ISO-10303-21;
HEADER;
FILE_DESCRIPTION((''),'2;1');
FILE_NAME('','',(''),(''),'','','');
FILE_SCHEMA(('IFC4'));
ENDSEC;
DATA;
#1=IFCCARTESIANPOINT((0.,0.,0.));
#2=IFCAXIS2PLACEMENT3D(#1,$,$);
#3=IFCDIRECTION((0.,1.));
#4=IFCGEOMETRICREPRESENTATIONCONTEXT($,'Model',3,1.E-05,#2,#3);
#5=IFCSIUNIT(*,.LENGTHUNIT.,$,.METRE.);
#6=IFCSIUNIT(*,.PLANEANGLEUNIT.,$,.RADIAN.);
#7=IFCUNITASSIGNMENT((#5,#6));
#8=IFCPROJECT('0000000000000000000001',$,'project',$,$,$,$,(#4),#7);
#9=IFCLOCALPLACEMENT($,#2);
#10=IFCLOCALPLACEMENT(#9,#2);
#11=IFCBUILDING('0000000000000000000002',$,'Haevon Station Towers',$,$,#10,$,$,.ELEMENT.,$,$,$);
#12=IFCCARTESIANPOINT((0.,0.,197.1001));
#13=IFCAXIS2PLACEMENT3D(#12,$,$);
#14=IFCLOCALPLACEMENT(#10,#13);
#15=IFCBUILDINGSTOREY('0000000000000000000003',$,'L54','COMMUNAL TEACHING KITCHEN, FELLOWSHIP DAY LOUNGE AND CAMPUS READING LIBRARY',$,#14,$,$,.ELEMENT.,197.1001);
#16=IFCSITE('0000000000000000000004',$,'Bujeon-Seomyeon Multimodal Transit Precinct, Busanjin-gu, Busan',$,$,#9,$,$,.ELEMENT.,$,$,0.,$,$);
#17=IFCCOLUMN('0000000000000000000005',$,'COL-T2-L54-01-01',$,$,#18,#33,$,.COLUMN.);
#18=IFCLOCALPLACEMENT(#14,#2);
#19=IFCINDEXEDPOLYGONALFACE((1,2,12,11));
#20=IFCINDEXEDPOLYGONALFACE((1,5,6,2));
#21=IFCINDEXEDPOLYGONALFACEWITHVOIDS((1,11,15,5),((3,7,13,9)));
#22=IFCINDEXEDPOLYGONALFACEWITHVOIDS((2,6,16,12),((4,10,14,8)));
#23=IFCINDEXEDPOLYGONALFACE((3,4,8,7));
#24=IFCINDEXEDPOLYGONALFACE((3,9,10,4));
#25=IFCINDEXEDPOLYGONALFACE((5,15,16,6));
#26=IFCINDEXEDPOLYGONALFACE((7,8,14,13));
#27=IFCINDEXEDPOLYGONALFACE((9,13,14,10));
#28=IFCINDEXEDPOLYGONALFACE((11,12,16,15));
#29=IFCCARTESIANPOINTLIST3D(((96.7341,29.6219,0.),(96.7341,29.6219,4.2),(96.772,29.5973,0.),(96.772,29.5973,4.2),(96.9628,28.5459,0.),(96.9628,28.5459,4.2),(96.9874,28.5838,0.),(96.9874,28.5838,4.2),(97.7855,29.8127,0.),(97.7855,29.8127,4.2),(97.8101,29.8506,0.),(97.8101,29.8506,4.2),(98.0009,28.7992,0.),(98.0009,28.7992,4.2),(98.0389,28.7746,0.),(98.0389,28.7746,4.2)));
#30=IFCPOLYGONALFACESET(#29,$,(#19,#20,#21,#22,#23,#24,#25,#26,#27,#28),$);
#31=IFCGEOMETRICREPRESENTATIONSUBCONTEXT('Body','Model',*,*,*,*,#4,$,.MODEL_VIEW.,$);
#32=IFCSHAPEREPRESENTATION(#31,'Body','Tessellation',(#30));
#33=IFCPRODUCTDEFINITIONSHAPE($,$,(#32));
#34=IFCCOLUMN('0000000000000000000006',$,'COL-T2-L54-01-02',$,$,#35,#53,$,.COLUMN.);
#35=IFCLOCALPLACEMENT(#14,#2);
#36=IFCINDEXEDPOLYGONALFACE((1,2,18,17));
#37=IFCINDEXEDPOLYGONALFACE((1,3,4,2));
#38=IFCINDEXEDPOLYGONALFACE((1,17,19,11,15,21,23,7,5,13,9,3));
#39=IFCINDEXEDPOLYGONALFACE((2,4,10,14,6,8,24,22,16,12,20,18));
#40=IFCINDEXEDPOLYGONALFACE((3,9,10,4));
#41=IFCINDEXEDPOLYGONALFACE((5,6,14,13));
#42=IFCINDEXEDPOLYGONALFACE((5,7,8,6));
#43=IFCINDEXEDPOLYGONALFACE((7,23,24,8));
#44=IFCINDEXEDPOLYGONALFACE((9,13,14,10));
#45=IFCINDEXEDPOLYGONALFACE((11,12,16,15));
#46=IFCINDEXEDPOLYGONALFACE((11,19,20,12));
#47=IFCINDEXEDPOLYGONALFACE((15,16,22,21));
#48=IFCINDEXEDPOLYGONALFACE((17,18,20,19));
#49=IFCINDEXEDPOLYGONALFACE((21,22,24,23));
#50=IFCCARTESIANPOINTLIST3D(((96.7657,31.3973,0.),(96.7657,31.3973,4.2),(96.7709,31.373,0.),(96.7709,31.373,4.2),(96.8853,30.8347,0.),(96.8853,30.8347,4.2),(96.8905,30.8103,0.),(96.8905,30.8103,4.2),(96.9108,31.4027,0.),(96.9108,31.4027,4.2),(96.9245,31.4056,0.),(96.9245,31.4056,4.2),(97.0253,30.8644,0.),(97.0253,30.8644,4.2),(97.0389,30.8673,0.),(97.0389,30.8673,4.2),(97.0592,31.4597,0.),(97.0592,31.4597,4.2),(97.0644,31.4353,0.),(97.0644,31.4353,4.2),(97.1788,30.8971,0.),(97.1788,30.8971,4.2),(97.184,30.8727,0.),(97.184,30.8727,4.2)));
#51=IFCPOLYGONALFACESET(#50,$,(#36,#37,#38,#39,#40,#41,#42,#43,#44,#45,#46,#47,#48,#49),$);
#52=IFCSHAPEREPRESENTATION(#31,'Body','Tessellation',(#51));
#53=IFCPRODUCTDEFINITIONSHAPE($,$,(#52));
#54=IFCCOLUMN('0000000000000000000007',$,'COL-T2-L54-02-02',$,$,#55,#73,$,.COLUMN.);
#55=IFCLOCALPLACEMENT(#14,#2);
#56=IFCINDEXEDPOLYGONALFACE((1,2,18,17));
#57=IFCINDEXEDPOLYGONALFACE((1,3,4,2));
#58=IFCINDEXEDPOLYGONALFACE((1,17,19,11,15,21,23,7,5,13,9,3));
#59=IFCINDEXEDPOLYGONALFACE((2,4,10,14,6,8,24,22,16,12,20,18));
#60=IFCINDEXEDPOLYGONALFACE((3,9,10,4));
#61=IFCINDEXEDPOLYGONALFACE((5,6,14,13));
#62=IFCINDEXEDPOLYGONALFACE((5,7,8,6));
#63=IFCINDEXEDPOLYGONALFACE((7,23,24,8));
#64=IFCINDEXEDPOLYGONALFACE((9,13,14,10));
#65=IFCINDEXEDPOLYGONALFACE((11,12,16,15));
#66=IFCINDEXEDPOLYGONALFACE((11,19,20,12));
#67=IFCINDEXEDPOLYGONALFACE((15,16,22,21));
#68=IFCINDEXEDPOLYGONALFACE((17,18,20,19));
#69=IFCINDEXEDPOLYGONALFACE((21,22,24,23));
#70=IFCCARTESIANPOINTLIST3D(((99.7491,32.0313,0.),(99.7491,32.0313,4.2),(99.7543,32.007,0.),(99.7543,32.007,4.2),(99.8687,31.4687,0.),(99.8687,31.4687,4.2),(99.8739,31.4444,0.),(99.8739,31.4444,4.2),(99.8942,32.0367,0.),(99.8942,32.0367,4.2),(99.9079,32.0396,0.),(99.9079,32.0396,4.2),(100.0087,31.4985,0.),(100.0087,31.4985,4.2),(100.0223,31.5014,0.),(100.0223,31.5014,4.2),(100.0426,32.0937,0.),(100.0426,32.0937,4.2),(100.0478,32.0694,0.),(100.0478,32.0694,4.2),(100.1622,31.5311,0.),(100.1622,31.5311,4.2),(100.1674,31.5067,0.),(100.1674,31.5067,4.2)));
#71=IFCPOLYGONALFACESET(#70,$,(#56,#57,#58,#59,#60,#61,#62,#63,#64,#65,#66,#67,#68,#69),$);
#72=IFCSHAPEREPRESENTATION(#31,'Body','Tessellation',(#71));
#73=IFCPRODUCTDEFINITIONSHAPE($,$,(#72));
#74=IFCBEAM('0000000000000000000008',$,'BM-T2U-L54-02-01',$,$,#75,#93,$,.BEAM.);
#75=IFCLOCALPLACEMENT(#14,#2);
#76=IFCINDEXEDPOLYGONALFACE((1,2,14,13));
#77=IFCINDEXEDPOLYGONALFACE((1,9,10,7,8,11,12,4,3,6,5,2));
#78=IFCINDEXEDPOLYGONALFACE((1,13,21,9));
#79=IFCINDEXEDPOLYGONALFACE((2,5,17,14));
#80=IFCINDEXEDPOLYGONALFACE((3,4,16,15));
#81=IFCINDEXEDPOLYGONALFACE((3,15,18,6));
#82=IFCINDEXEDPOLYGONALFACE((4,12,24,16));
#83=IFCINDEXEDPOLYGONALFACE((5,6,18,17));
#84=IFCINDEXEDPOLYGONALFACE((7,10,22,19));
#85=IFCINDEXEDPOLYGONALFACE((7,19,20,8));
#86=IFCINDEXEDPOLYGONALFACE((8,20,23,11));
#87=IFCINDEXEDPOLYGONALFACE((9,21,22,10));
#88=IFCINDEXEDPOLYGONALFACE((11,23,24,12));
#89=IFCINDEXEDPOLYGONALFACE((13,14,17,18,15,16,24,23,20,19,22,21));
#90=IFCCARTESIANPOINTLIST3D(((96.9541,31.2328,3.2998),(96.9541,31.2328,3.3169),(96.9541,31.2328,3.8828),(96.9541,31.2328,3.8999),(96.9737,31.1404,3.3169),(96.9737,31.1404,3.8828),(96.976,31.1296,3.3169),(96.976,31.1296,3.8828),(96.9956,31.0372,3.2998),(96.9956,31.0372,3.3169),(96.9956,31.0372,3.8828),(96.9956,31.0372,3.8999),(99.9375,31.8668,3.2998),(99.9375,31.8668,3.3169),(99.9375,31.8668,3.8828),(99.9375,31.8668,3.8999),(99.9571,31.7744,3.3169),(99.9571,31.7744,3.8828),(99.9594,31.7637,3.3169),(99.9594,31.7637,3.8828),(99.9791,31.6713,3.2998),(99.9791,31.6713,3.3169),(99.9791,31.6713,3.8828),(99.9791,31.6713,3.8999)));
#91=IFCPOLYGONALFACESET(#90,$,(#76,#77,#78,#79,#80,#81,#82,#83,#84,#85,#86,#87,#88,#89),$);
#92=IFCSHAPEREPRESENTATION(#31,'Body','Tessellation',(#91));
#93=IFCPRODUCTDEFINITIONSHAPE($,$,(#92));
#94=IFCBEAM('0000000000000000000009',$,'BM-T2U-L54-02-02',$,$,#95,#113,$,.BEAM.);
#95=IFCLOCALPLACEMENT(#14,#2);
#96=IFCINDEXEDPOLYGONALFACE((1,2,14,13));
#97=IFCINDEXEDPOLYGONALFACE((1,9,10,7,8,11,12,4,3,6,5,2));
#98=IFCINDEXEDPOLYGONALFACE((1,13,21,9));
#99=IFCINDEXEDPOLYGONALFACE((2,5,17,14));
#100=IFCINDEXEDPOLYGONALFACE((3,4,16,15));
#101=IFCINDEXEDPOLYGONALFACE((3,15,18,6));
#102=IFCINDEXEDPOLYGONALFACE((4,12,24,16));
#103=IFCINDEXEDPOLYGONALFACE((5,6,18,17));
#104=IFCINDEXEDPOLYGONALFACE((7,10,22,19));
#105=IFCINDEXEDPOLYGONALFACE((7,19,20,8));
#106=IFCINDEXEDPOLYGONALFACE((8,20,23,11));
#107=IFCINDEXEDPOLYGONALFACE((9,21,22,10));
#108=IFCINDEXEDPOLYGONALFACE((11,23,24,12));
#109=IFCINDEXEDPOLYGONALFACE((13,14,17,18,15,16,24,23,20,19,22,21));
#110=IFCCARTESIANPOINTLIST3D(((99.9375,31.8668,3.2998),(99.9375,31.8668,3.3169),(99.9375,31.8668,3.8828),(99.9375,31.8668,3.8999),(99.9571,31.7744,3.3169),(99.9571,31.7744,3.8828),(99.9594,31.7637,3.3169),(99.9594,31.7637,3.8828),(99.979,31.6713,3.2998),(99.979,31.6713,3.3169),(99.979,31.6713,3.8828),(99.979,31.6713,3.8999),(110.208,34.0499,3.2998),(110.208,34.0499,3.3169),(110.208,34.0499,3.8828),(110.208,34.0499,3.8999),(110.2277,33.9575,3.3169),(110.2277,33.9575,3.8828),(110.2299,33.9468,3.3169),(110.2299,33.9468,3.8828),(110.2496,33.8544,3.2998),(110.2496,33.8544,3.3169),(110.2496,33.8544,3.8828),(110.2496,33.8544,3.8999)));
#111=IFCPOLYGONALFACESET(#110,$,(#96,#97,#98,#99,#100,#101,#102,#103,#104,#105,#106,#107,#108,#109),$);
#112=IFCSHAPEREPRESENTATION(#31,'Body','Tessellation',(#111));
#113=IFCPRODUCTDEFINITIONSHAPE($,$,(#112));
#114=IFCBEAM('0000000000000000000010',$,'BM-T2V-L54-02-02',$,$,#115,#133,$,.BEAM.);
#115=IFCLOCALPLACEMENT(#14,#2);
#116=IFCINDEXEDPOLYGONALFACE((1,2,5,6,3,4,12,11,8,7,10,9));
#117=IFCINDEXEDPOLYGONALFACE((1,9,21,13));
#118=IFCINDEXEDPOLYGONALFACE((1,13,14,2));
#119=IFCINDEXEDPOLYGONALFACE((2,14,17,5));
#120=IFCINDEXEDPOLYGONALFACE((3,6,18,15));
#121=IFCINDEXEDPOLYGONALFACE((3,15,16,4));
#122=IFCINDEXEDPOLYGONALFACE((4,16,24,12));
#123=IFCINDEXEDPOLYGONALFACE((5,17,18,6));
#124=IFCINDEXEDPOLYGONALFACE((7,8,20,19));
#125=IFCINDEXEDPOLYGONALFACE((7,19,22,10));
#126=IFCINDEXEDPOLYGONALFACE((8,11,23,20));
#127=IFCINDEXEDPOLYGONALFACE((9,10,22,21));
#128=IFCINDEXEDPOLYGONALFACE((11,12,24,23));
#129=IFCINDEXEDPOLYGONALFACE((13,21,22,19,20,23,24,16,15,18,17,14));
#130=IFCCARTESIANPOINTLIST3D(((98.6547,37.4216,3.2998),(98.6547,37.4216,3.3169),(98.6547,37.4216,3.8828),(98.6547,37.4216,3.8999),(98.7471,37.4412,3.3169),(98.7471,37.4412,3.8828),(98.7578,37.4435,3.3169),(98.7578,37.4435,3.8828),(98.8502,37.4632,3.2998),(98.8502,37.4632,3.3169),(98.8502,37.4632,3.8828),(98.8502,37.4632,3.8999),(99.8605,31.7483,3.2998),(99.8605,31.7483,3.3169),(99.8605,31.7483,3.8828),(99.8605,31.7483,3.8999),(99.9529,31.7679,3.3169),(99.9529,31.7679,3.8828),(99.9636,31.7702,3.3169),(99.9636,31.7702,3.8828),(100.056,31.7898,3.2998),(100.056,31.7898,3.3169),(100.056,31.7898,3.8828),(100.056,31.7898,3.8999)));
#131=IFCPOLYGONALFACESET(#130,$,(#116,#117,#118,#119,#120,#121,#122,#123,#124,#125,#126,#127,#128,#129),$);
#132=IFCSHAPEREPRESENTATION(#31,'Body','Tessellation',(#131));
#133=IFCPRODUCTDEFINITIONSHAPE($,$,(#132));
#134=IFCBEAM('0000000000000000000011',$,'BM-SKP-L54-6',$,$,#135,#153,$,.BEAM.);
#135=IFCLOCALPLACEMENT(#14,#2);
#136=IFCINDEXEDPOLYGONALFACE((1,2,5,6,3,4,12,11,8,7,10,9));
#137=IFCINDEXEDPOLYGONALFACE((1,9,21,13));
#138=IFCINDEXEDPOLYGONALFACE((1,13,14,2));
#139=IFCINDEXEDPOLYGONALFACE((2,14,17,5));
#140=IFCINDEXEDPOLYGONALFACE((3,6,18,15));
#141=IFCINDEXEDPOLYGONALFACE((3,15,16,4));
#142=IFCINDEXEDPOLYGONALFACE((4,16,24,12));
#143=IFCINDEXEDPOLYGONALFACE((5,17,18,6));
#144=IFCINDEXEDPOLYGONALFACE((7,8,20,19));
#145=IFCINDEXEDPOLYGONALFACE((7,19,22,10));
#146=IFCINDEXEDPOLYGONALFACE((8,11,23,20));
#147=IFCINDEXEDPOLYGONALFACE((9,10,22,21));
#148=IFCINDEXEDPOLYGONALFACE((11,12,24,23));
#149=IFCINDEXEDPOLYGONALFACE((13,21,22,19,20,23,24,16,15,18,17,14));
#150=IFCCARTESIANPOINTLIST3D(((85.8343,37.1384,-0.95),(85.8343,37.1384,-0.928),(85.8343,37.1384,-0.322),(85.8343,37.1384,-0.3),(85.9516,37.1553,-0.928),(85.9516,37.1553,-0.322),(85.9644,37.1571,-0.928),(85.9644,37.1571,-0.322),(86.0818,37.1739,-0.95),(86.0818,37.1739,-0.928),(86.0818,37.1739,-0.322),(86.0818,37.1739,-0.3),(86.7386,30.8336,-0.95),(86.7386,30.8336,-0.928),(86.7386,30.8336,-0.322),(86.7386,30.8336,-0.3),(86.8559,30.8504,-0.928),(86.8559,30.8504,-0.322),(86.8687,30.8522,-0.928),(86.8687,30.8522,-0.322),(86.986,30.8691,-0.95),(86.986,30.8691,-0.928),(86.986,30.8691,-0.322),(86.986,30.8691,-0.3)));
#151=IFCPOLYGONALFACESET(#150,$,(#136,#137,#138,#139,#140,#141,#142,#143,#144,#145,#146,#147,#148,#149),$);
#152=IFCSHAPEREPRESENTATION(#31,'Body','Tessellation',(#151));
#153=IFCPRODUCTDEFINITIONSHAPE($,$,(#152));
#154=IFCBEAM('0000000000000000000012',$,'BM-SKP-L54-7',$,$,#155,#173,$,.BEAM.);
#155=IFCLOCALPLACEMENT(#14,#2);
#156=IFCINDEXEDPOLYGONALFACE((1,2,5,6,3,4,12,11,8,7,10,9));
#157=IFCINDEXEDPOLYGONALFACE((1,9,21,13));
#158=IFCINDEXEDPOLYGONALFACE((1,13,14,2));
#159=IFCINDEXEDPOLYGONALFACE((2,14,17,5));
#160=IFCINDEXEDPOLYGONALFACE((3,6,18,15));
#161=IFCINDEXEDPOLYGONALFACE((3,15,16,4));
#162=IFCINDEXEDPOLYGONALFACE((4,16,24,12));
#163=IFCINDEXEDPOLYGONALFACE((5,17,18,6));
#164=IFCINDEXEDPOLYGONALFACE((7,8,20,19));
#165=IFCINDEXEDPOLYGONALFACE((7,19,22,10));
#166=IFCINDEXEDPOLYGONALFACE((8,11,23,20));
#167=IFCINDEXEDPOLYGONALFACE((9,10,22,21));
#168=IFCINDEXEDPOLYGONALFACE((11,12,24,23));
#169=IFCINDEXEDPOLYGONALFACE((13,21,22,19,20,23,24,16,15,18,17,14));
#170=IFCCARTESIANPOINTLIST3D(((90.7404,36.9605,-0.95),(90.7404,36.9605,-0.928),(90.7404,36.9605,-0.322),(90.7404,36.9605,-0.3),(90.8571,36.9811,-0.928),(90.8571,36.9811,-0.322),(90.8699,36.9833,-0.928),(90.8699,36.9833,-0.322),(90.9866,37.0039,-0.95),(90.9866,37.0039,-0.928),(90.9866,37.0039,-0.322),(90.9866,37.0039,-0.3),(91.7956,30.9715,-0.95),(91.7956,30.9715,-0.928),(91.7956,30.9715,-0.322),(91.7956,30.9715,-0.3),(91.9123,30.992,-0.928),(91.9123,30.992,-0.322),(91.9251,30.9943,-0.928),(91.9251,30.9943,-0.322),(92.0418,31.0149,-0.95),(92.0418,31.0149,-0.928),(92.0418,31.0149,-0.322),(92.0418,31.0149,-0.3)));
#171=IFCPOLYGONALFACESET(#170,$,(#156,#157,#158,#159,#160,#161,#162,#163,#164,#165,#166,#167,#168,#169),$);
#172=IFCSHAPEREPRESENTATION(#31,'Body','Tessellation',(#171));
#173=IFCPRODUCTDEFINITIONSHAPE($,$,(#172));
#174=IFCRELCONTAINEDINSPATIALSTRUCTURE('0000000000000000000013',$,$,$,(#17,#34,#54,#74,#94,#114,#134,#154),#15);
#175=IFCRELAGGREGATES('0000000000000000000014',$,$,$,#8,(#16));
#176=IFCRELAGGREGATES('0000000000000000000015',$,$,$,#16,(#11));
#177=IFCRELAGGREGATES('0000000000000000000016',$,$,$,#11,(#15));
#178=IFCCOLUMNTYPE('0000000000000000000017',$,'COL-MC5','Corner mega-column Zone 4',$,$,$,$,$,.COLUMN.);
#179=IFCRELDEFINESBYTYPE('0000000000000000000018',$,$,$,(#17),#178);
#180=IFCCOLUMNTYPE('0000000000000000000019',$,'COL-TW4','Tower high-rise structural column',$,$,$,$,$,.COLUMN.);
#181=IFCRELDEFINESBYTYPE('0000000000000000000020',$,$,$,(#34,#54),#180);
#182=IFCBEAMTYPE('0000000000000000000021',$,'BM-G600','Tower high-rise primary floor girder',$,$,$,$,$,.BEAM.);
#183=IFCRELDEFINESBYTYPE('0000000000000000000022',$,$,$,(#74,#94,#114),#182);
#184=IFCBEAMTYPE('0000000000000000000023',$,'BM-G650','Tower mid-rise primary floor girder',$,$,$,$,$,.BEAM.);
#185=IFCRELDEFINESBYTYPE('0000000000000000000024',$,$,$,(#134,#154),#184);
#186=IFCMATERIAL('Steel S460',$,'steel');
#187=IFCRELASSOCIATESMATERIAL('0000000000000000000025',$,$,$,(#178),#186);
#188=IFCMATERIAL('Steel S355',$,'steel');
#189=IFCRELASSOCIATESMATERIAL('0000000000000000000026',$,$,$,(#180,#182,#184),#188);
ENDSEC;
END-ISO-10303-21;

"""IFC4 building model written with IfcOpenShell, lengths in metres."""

from ifc_helpers import new_model, si_unit, direction, frame, origin, origin_2d, place, context, subcontext, project, spatial, hollow_rectangle, i_section, extrude, material, material_profile, profile_set, type_object, element, save


model = new_model("IFC4")

# Units and contexts
model_context = context("Model", 3, precision=1e-05, world=origin(), true_north=direction((0.0, 1.0)))
body_context = subcontext(model_context, "Body", "Model", "MODEL_VIEW")
ifc_project = project(units=[si_unit("LENGTHUNIT", "METRE"), si_unit("PLANEANGLEUNIT", "RADIAN")], contexts=[model_context])

# Site, building, storey
site_placement = place(None, origin())
site = spatial("IfcSite", under=ifc_project, at=site_placement, Name="Bujeon-Seomyeon Multimodal Transit Precinct, Busanjin-gu, Busan", CompositionType="ELEMENT", RefElevation=0.0)
building_placement = place(site_placement, origin())
building = spatial("IfcBuilding", under=site, at=building_placement, Name="Haevon Station Towers", CompositionType="ELEMENT")
storey_placement = place(building_placement, frame((0.0, 0.0, 197.1001)))
storey = spatial("IfcBuildingStorey", under=building, at=storey_placement, Name="L54", Description="COMMUNAL TEACHING KITCHEN, FELLOWSHIP DAY LOUNGE AND CAMPUS READING LIBRARY", CompositionType="ELEMENT", Elevation=197.1001)

# Columns
ifc_material_1 = material(Name="Steel S460", Category="steel")
ifc_material_profile_1 = material_profile(ifc_material_1, hollow_rectangle(XDim=1.1001, YDim=1.1001, WallThickness=0.032, at=origin_2d()), Name="BOX-1100x1100x32")
ifc_profile_set_1 = profile_set([ifc_material_profile_1], Name="Steel S460")
column_type_1 = type_object("IfcColumnType", Name="COL-MC5", Description="Corner mega-column Zone 4", PredefinedType="COLUMN", material=ifc_profile_set_1)
column_placement = place(storey_placement, frame((97.3865, 29.1982, 0.0), z_axis=(0.0, 0.0, 1.0), x_axis=(0.978148, 0.207912, 0.0)))
element("IfcColumn", 1, at=column_placement, inside=storey, type_object=column_type_1, Name="COL-T2-L54-01-01", PredefinedType="COLUMN", context=body_context, shape_type="SweptSolid", body=[
    extrude(hollow_rectangle(XDim=1.1001, YDim=1.1001, WallThickness=0.032, at=origin_2d()), origin(), (0.0, 0.0, 1.0), 4.2),
])
ifc_material_2 = material(Name="Steel S355", Category="steel")
ifc_material_profile_2 = material_profile(ifc_material_2, i_section(OverallWidth=0.3, OverallDepth=0.6001, WebThickness=0.0139, FlangeThickness=0.0249, at=origin_2d()), Name="H-600x300x14x25")
ifc_profile_set_2 = profile_set([ifc_material_profile_2], Name="Steel S355")
column_type_2 = type_object("IfcColumnType", Name="COL-TW4", Description="Tower high-rise structural column", PredefinedType="COLUMN", material=ifc_profile_set_2)
for number, where, z_axis, x_axis, name in (
    (2, (96.9749, 31.135, 0.0), (0.0, 0.0, 1.0), (0.978148, 0.207912, 0.0), "COL-T2-L54-01-02"),
    (3, (99.9583, 31.769, 0.0), (0.0, 0.0, 1.0), (0.978148, 0.207912, 0.0), "COL-T2-L54-02-02"),
):
    element("IfcColumn", number, at=place(storey_placement, frame(where, z_axis=z_axis, x_axis=x_axis)), inside=storey, type_object=column_type_2, Name=name, PredefinedType="COLUMN", context=body_context, shape_type="SweptSolid", body=[
        extrude(i_section(OverallWidth=0.3, OverallDepth=0.6001, WebThickness=0.0139, FlangeThickness=0.0249, at=origin_2d()), origin(), (0.0, 0.0, 1.0), 4.2),
    ])

# Beams
ifc_material_profile_3 = material_profile(ifc_material_2, i_section(OverallWidth=0.2, OverallDepth=0.6001, WebThickness=0.011, FlangeThickness=0.0171, at=origin_2d()), Name="H-600x200x11x17")
ifc_profile_set_3 = profile_set([ifc_material_profile_3], Name="Steel S355")
beam_type_1 = type_object("IfcBeamType", Name="BM-G600", Description="Tower high-rise primary floor girder", PredefinedType="BEAM", material=ifc_profile_set_3)
beam_1_placement = place(storey_placement, frame((96.9749, 31.135, 3.5999), z_axis=(0.978155, 0.207878, 0.0), x_axis=(-0.207878, 0.978155, 0.0)))
element("IfcBeam", 4, at=beam_1_placement, inside=storey, type_object=beam_type_1, Name="BM-T2U-L54-02-01", PredefinedType="BEAM", context=body_context, shape_type="SweptSolid", body=[
    extrude(i_section(OverallWidth=0.2, OverallDepth=0.6001, WebThickness=0.011, FlangeThickness=0.0171, at=origin_2d()), origin(), (0.0, 0.0, 1.0), 3.05),
])
beam_2_placement = place(storey_placement, frame((99.9583, 31.769, 3.5999), z_axis=(0.978147, 0.207915, 0.0), x_axis=(-0.207915, 0.978147, 0.0)))
element("IfcBeam", 5, at=beam_2_placement, inside=storey, type_object=beam_type_1, Name="BM-T2U-L54-02-02", PredefinedType="BEAM", context=body_context, shape_type="SweptSolid", body=[
    extrude(i_section(OverallWidth=0.2, OverallDepth=0.6001, WebThickness=0.011, FlangeThickness=0.0171, at=origin_2d()), origin(), (0.0, 0.0, 1.0), 10.5),
])
beam_3_placement = place(storey_placement, frame((99.9583, 31.769, 3.5999), z_axis=(-0.207896, 0.978151, 0.0), x_axis=(-0.978151, -0.207896, 0.0)))
element("IfcBeam", 6, at=beam_3_placement, inside=storey, type_object=beam_type_1, Name="BM-T2V-L54-02-02", PredefinedType="BEAM", context=body_context, shape_type="SweptSolid", body=[
    extrude(i_section(OverallWidth=0.2, OverallDepth=0.6001, WebThickness=0.011, FlangeThickness=0.0171, at=origin_2d()), origin(), (0.0, 0.0, 1.0), 5.8),
])
ifc_material_profile_4 = material_profile(ifc_material_2, i_section(OverallWidth=0.25, OverallDepth=0.6499, WebThickness=0.0129, FlangeThickness=0.022, at=origin_2d()), Name="H-650x250x13x22")
ifc_profile_set_4 = profile_set([ifc_material_profile_4], Name="Steel S355")
beam_type_2 = type_object("IfcBeamType", Name="BM-G650", Description="Tower mid-rise primary floor girder", PredefinedType="BEAM", material=ifc_profile_set_4)
beam_4_placement = place(storey_placement, frame((86.8623, 30.8513, -0.625), z_axis=(-0.141974, 0.98987, 0.0), x_axis=(-0.98987, -0.141974, 0.0)))
element("IfcBeam", 7, at=beam_4_placement, inside=storey, type_object=beam_type_2, Name="BM-SKP-L54-6", PredefinedType="BEAM", context=body_context, shape_type="SweptSolid", body=[
    extrude(i_section(OverallWidth=0.25, OverallDepth=0.6499, WebThickness=0.0129, FlangeThickness=0.022, at=origin_2d()), origin(), (0.0, 0.0, 1.0), 6.3694),
])
beam_5_placement = place(storey_placement, frame((91.9187, 30.9932, -0.625), z_axis=(-0.173513, 0.984832, 0.0), x_axis=(-0.984832, -0.173513, 0.0)))
element("IfcBeam", 8, at=beam_5_placement, inside=storey, type_object=beam_type_2, Name="BM-SKP-L54-7", PredefinedType="BEAM", context=body_context, shape_type="SweptSolid", body=[
    extrude(i_section(OverallWidth=0.25, OverallDepth=0.6499, WebThickness=0.0129, FlangeThickness=0.022, at=origin_2d()), origin(), (0.0, 0.0, 1.0), 6.0813),
])

save(model, "model.ifc")
